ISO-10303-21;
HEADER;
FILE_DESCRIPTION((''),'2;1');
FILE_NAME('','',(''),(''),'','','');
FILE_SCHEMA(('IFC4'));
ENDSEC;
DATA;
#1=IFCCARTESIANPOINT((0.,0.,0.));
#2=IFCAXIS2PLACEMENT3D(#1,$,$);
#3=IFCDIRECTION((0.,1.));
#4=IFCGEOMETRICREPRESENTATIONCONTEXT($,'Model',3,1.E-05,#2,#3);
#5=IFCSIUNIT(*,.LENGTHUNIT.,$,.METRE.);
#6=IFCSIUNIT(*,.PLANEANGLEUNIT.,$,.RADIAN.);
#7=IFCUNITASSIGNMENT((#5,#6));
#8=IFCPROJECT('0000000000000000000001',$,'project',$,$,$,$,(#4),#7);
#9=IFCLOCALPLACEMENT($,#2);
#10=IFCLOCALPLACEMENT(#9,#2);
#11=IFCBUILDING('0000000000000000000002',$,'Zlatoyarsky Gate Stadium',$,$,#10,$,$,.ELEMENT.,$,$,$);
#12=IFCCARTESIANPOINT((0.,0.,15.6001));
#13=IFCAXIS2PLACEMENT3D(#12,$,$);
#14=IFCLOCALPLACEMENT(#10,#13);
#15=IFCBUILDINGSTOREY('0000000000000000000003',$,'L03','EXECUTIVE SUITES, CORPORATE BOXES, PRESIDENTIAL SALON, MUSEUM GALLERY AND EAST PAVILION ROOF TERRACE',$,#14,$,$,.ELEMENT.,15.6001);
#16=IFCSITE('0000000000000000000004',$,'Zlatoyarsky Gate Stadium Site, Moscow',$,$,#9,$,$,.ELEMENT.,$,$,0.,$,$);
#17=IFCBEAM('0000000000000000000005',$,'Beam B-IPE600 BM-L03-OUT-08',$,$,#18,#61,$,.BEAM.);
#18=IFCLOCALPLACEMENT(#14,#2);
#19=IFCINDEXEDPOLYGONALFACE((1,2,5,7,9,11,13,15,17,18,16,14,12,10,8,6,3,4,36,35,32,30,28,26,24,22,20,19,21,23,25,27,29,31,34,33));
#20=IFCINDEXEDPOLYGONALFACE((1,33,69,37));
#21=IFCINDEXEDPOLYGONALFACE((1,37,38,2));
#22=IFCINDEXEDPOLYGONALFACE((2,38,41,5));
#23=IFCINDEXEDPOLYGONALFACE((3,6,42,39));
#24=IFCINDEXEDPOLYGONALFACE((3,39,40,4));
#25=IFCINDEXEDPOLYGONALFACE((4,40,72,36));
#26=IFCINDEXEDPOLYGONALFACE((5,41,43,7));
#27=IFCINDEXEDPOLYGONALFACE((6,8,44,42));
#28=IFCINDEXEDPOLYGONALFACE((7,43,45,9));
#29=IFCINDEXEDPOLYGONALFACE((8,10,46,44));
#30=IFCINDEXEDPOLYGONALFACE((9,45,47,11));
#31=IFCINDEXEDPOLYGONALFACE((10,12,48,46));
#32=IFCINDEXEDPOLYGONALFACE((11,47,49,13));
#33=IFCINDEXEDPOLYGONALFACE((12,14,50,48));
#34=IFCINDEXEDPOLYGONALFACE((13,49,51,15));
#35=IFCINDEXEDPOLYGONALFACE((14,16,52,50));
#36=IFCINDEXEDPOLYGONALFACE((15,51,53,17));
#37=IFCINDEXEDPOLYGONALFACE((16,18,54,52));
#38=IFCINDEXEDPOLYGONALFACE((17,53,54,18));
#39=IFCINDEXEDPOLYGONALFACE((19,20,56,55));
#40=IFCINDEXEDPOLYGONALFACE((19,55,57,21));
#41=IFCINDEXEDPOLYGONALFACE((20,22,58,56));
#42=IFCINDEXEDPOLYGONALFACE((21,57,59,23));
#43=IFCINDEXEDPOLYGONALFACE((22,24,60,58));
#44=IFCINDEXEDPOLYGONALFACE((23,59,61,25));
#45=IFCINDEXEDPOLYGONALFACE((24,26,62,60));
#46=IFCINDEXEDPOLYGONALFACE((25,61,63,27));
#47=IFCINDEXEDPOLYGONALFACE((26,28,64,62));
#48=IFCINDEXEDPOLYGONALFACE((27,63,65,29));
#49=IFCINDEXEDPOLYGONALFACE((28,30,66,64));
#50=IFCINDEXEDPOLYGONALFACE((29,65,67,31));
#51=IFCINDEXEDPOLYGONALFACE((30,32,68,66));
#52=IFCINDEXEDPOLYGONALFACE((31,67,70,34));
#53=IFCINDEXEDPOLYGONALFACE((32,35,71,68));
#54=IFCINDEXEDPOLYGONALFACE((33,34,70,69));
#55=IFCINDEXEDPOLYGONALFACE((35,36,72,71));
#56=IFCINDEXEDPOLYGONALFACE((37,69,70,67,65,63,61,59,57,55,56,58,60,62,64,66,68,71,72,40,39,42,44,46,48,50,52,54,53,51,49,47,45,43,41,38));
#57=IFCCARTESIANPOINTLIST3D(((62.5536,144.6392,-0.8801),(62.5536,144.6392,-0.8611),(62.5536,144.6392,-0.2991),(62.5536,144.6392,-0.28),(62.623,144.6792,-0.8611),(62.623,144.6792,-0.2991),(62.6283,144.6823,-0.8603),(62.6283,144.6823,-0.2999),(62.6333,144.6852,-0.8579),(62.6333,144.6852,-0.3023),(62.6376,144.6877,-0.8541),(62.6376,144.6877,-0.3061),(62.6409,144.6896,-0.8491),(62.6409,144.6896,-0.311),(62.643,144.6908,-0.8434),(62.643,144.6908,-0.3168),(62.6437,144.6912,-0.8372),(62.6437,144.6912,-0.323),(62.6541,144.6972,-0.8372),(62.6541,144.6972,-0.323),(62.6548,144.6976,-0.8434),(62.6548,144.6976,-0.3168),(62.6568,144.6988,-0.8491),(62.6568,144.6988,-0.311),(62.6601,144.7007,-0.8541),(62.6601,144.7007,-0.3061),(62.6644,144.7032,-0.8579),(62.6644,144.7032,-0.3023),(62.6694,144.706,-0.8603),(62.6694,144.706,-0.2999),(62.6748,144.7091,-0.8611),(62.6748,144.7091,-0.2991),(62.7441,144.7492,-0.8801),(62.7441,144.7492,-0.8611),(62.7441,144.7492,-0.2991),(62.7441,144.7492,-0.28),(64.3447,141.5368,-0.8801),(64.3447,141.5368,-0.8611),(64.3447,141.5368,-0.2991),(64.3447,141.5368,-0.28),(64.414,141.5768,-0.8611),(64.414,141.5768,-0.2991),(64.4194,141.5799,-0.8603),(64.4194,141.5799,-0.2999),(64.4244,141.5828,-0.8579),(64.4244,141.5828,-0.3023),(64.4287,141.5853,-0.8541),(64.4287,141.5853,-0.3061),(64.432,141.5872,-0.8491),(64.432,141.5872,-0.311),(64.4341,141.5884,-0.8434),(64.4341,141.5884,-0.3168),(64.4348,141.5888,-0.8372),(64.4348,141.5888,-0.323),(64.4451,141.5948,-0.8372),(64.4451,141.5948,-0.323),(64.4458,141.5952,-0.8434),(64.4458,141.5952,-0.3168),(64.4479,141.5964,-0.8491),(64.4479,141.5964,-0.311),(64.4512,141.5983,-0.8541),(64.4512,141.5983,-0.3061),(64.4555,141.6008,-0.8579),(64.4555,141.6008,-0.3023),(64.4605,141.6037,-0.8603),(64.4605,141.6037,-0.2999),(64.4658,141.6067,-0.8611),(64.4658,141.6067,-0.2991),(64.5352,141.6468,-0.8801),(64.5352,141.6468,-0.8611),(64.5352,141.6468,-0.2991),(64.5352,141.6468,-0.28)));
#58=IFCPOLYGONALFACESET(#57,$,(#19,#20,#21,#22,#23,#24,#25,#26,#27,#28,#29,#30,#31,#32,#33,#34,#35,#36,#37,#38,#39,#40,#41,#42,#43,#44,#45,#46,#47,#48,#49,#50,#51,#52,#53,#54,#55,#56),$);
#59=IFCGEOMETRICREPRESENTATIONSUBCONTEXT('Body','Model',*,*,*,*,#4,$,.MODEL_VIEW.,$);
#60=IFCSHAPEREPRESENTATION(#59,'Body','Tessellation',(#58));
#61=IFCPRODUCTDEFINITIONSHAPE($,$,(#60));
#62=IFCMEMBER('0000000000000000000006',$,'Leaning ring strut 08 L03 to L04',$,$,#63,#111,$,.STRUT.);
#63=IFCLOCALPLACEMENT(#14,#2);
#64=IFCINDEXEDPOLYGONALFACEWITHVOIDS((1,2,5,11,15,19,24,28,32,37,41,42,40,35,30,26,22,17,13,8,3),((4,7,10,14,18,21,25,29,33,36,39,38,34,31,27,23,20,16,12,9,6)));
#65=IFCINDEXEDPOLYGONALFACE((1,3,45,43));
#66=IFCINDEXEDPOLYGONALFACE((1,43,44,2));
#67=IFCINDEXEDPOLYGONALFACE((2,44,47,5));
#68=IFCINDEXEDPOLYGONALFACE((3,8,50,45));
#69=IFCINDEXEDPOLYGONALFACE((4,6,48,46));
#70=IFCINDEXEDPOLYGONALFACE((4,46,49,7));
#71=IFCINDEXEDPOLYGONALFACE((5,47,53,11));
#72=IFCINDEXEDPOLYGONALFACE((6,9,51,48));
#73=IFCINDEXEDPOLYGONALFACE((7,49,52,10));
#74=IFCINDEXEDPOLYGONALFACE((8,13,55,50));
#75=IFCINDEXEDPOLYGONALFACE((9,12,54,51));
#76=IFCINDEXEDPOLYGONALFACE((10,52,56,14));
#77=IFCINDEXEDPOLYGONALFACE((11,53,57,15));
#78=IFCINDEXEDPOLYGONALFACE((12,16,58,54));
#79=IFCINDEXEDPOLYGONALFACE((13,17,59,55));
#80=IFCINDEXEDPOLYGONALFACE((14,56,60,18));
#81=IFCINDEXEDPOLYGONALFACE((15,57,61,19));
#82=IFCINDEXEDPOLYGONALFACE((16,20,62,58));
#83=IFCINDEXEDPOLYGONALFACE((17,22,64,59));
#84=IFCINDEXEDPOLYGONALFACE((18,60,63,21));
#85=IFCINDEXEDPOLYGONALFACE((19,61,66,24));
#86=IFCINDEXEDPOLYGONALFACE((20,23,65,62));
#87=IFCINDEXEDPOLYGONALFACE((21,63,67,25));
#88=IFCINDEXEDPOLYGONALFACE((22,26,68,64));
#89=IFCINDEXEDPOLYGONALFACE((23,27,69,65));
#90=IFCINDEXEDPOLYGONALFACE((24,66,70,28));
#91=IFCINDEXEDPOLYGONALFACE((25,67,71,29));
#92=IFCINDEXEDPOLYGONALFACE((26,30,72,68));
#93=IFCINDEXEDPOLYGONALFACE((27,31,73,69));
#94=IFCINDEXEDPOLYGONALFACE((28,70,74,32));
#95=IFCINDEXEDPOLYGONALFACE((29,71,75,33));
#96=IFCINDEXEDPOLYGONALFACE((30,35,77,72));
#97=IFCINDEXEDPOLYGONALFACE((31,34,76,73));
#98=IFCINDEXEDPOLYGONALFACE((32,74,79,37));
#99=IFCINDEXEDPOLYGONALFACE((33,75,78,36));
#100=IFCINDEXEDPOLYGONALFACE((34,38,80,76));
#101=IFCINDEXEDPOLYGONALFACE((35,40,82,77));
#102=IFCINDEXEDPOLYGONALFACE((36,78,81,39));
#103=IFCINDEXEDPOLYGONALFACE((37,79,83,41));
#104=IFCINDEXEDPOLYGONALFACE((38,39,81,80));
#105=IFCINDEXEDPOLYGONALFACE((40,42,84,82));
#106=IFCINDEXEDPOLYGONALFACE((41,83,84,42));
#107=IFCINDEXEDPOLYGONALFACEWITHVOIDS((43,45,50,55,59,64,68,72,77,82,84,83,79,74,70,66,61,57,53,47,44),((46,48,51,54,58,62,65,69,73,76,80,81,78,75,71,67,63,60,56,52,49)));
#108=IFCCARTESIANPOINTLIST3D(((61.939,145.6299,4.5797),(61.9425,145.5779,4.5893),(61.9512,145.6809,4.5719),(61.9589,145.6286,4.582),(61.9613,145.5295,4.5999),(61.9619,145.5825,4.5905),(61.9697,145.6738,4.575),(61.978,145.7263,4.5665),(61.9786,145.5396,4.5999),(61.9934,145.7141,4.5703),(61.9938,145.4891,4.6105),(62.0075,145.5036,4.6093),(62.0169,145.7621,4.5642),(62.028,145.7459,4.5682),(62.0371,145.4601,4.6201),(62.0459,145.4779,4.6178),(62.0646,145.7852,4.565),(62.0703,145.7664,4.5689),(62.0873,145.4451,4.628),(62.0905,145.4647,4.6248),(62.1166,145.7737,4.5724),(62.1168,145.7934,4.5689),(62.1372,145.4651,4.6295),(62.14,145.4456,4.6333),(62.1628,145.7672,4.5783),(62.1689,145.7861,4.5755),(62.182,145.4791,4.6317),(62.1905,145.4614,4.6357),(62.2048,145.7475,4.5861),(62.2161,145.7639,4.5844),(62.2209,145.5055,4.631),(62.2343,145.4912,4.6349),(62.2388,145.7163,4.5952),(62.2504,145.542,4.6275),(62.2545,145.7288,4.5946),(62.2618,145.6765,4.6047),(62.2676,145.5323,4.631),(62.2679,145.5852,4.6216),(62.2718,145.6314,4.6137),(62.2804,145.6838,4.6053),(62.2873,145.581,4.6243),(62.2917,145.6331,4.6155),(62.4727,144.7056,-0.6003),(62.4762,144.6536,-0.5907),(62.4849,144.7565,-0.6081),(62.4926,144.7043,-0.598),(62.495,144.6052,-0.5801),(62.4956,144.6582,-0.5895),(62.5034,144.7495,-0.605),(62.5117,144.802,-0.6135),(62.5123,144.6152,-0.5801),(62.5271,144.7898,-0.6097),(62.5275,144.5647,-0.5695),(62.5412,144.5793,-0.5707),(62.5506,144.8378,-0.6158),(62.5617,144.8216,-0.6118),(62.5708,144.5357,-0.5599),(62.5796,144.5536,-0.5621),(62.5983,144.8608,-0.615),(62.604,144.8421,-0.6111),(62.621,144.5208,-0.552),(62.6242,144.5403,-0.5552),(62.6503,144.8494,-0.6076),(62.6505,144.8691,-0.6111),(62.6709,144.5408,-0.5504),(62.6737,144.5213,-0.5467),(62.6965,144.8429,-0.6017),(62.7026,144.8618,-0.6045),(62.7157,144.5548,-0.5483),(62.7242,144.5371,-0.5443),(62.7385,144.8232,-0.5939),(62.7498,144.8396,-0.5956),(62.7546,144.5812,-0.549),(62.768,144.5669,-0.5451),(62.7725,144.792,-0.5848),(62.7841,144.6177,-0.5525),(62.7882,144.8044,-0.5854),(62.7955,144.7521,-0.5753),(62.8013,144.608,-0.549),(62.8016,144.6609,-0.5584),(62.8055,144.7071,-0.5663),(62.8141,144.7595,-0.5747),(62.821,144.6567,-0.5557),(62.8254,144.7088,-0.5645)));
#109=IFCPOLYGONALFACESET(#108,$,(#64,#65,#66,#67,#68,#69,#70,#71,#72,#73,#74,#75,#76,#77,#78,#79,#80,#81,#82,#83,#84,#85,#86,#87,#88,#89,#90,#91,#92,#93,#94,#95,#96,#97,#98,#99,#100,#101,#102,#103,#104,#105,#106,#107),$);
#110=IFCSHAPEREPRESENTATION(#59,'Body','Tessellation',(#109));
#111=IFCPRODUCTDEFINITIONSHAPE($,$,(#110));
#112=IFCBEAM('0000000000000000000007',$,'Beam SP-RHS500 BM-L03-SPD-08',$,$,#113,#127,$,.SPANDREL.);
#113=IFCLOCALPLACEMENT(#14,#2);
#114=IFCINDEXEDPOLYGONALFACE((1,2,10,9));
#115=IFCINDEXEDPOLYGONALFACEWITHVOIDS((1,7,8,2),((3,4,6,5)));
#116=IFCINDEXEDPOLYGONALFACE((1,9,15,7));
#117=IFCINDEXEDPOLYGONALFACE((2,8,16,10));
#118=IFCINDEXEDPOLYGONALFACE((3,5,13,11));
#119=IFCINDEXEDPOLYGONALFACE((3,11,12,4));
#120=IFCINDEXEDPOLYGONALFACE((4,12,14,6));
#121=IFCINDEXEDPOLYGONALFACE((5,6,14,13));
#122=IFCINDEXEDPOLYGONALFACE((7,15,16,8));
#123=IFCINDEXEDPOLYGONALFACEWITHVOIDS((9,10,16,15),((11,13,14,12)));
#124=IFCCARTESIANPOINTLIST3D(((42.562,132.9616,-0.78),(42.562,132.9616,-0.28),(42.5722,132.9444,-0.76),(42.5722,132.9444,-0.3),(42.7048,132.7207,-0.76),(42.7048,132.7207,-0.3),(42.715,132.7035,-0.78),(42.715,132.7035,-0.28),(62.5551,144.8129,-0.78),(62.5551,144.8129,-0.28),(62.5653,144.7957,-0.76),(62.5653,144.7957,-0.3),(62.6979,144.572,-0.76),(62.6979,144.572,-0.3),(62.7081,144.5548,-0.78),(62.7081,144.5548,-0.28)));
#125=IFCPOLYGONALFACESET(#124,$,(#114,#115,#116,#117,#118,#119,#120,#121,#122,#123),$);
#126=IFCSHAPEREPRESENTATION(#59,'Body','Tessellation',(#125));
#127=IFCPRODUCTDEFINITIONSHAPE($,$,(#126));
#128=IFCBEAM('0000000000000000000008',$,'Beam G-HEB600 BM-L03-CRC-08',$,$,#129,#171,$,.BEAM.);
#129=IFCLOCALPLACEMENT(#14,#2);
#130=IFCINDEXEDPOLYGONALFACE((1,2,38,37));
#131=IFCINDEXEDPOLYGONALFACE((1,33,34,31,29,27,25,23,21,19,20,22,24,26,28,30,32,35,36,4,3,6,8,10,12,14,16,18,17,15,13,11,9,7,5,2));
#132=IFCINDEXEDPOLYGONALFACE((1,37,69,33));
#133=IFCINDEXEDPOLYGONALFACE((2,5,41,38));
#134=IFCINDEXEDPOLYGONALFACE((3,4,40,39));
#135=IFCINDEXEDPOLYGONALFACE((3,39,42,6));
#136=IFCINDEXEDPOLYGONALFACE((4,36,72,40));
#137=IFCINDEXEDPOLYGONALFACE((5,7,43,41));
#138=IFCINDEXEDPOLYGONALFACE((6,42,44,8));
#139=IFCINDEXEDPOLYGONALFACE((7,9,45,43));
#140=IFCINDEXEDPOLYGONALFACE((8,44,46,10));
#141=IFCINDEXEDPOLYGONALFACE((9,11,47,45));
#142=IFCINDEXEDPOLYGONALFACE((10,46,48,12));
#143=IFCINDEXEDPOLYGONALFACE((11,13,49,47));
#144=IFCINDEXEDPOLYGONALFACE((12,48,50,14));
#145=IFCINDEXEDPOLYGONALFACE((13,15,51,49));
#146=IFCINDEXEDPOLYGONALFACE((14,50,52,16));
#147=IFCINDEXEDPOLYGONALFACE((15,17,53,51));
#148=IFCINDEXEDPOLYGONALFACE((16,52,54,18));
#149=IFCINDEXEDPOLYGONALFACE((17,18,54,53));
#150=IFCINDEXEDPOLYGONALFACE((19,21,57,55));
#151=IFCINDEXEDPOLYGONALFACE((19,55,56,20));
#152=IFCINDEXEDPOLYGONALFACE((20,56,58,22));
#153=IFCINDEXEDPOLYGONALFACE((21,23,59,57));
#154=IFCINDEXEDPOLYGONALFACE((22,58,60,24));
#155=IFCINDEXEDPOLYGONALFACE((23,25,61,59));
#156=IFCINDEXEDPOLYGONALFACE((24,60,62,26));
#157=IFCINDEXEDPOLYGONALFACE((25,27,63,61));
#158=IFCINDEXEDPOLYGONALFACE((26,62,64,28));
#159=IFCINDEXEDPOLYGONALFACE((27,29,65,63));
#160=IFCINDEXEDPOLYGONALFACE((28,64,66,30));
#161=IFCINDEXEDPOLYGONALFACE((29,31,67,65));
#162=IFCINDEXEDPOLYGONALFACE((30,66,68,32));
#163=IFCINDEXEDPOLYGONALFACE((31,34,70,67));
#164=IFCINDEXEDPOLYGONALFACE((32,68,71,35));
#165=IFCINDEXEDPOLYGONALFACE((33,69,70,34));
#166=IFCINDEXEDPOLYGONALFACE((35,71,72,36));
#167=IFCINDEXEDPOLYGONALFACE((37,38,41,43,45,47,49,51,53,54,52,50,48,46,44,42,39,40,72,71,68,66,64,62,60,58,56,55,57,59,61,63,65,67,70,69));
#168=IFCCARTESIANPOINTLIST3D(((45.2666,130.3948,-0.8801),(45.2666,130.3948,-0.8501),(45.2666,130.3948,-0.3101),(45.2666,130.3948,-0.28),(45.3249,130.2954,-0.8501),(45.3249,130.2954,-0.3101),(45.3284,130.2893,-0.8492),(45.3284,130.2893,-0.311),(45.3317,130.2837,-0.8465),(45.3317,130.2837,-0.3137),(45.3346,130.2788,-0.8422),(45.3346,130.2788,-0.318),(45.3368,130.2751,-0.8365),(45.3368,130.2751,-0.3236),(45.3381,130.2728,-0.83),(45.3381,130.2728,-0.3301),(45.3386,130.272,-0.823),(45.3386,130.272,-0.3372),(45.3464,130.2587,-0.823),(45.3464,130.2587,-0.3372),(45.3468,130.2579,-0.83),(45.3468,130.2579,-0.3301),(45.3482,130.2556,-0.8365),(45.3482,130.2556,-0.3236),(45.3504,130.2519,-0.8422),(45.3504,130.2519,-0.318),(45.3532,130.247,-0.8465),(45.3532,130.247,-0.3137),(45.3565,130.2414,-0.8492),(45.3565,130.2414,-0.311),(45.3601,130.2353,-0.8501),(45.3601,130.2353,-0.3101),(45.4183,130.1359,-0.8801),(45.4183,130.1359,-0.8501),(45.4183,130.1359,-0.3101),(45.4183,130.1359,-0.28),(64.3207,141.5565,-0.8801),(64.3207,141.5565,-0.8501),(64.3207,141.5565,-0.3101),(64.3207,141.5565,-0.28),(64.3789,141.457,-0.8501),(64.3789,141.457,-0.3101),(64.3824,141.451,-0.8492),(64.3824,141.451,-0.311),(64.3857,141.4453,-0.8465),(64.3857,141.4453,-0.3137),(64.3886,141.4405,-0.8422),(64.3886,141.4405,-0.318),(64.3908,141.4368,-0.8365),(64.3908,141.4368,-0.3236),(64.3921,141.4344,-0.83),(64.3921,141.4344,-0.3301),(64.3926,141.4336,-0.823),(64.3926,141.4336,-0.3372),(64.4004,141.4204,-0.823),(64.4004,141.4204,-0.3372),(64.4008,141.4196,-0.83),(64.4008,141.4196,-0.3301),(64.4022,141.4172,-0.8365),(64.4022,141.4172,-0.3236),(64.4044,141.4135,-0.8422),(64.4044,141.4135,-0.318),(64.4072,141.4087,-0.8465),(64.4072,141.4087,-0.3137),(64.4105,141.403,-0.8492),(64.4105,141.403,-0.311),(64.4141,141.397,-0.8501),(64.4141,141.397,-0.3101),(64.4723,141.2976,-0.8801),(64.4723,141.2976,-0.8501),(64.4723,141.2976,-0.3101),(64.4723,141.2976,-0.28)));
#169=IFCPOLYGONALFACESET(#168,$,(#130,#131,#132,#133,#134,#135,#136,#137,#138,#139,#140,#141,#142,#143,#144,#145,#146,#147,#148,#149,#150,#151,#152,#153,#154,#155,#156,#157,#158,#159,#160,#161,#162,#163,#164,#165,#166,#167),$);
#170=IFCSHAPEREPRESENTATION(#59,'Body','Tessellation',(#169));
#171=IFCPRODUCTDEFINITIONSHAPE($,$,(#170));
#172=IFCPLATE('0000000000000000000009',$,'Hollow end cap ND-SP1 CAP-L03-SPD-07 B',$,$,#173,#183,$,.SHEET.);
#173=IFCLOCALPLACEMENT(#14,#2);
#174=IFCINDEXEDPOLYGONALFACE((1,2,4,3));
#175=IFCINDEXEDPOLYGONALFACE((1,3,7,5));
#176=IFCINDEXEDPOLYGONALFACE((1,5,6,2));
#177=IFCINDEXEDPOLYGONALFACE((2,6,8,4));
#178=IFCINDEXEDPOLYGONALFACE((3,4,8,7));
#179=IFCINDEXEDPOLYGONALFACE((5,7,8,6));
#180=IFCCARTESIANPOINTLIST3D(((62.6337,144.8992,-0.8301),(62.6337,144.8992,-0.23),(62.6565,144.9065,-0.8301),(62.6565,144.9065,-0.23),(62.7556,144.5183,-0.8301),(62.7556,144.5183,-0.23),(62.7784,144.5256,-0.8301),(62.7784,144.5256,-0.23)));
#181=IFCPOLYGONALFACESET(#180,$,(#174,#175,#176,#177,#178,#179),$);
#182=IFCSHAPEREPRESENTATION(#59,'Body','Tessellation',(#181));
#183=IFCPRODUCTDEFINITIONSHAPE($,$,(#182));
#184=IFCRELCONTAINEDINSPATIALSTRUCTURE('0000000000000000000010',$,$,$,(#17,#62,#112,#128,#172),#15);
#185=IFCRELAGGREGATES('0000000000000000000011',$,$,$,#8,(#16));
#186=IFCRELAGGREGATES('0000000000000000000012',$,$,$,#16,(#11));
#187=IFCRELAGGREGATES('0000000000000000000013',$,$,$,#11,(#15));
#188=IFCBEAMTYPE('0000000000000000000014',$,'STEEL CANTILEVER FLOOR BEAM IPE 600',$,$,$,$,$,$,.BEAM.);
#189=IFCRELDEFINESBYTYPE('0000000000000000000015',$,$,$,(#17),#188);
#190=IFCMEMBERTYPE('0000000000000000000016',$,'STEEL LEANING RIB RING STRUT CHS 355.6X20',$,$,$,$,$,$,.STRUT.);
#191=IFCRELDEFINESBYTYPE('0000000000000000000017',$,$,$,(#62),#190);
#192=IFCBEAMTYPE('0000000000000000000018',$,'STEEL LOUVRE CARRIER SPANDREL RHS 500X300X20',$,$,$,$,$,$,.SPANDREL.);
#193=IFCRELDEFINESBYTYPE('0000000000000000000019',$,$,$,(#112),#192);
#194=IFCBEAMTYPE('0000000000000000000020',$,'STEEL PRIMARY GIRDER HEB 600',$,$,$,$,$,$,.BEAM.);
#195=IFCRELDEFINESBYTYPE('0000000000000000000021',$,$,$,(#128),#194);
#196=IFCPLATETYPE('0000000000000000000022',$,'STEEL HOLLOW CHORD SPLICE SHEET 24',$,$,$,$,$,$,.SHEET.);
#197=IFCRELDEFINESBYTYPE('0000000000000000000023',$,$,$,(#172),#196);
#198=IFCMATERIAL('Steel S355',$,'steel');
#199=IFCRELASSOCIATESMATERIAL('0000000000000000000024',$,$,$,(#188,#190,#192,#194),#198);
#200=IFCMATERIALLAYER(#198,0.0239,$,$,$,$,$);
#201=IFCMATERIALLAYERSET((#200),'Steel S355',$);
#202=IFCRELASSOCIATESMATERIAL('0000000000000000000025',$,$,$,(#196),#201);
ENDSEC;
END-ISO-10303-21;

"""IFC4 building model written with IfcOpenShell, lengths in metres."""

from ifc_helpers import new_model, si_unit, direction, frame, origin, origin_2d, place, context, subcontext, project, spatial, rectangle, hollow_rectangle, hollow_circle, i_section, extrude, material, layer, layer_set, material_profile, profile_set, type_object, element, save


model = new_model("IFC4")

# Units and contexts
model_context = context("Model", 3, precision=1e-05, world=origin(), true_north=direction((0.0, 1.0)))
body_context = subcontext(model_context, "Body", "Model", "MODEL_VIEW")
ifc_project = project(units=[si_unit("LENGTHUNIT", "METRE"), si_unit("PLANEANGLEUNIT", "RADIAN")], contexts=[model_context])

# Site, building, storey
site_placement = place(None, origin())
site = spatial("IfcSite", under=ifc_project, at=site_placement, Name="Zlatoyarsky Gate Stadium Site, Moscow", CompositionType="ELEMENT", RefElevation=0.0)
building_placement = place(site_placement, origin())
building = spatial("IfcBuilding", under=site, at=building_placement, Name="Zlatoyarsky Gate Stadium", CompositionType="ELEMENT")
storey_placement = place(building_placement, frame((0.0, 0.0, 15.6001)))
storey = spatial("IfcBuildingStorey", under=building, at=storey_placement, Name="L03", Description="EXECUTIVE SUITES, CORPORATE BOXES, PRESIDENTIAL SALON, MUSEUM GALLERY AND EAST PAVILION ROOF TERRACE", CompositionType="ELEMENT", Elevation=15.6001)

# Shared definitions
ifc_material_1 = material(Name="Steel S355", Category="steel")

# Beam
ifc_material_profile_1 = material_profile(ifc_material_1, i_section(OverallWidth=0.22, OverallDepth=0.6001, WebThickness=0.012, FlangeThickness=0.019, FilletRadius=0.0239, at=origin_2d()), Name="IPE 600")
ifc_profile_set_1 = profile_set([ifc_material_profile_1], Name="Steel S355")
beam_type_1 = type_object("IfcBeamType", Name="STEEL CANTILEVER FLOOR BEAM IPE 600", PredefinedType="BEAM", material=ifc_profile_set_1)
beam_1_placement = place(storey_placement, frame((64.4399, 141.5918, -0.5801), z_axis=(-0.49998, 0.866037, 0.0), x_axis=(-0.866037, -0.49998, 0.0)))
element("IfcBeam", 1, at=beam_1_placement, inside=storey, type_object=beam_type_1, Name="Beam B-IPE600 BM-L03-OUT-08", PredefinedType="BEAM", context=body_context, shape_type="SweptSolid", body=[
    extrude(i_section(OverallWidth=0.22, OverallDepth=0.6001, WebThickness=0.012, FlangeThickness=0.019, FilletRadius=0.0239, at=origin_2d()), origin(), (0.0, 0.0, 1.0), 3.5823),
])

# Member
ifc_material_profile_2 = material_profile(ifc_material_1, hollow_circle(Radius=0.1777, WallThickness=0.02, at=origin_2d()), Name="CHS 355.6X20")
ifc_profile_set_2 = profile_set([ifc_material_profile_2], Name="Steel S355")
member_type_1 = type_object("IfcMemberType", Name="STEEL LEANING RIB RING STRUT CHS 355.6X20", PredefinedType="STRUT", material=ifc_profile_set_2)
member_1_placement = place(storey_placement, frame((62.6489, 144.6941, -0.5801), z_axis=(-0.100911, 0.17477, 0.979425), x_axis=(-0.86601, -0.500026, 0.0)))
element("IfcMember", 2, at=member_1_placement, inside=storey, type_object=member_type_1, Name="Leaning ring strut 08 L03 to L04", PredefinedType="STRUT", context=body_context, shape_type="SweptSolid", body=[
    extrude(hollow_circle(Radius=0.1777, WallThickness=0.02, at=origin_2d()), origin(), (0.0, 0.0, 1.0), 5.2888),
])

# Beams
ifc_material_profile_3 = material_profile(ifc_material_1, hollow_rectangle(XDim=0.3, YDim=0.5, WallThickness=0.02, at=origin_2d()), Name="RHS 500X300X20")
ifc_profile_set_3 = profile_set([ifc_material_profile_3], Name="Steel S355")
beam_type_2 = type_object("IfcBeamType", Name="STEEL LOUVRE CARRIER SPANDREL RHS 500X300X20", PredefinedType="SPANDREL", material=ifc_profile_set_3)
beam_2_placement = place(storey_placement, frame((62.6316, 144.6838, -0.53), z_axis=(-0.860225, -0.509914, 0.0), x_axis=(0.509914, -0.860225, 0.0)))
element("IfcBeam", 3, at=beam_2_placement, inside=storey, type_object=beam_type_2, Name="Beam SP-RHS500 BM-L03-SPD-08", PredefinedType="SPANDREL", context=body_context, shape_type="SweptSolid", body=[
    extrude(hollow_rectangle(XDim=0.3, YDim=0.5, WallThickness=0.02, at=origin_2d()), origin(), (0.0, 0.0, 1.0), 23.2417),
])
ifc_material_profile_4 = material_profile(ifc_material_1, i_section(OverallWidth=0.3, OverallDepth=0.6001, WebThickness=0.0154, FlangeThickness=0.03, FilletRadius=0.0271, at=origin_2d()), Name="HEB 600")
ifc_profile_set_4 = profile_set([ifc_material_profile_4], Name="Steel S355")
beam_type_3 = type_object("IfcBeamType", Name="STEEL PRIMARY GIRDER HEB 600", PredefinedType="BEAM", material=ifc_profile_set_4)
beam_3_placement = place(storey_placement, frame((64.3965, 141.427, -0.5801), z_axis=(-0.862855, -0.505452, 0.0), x_axis=(0.505452, -0.862855, 0.0)))
element("IfcBeam", 4, at=beam_3_placement, inside=storey, type_object=beam_type_3, Name="Beam G-HEB600 BM-L03-CRC-08", PredefinedType="BEAM", context=body_context, shape_type="SweptSolid", body=[
    extrude(i_section(OverallWidth=0.3, OverallDepth=0.6001, WebThickness=0.0154, FlangeThickness=0.03, FilletRadius=0.0271, at=origin_2d()), origin(), (0.0, 0.0, 1.0), 22.0825),
])

# Plate
ifc_layer_1 = layer(ifc_material_1, 0.0239)
ifc_layer_set_1 = layer_set([ifc_layer_1], Name="Steel S355")
plate_type_1 = type_object("IfcPlateType", Name="STEEL HOLLOW CHORD SPLICE SHEET 24", PredefinedType="SHEET", material=ifc_layer_set_1)
for number, where, z_axis, x_axis, name in (
    (5, (62.7061, 144.7124, -0.8301), (0.0, 0.0, 1.0), (-0.95243, -0.304759, 0.0), "Hollow end cap ND-SP1 CAP-L03-SPD-07 B"),
):
    element("IfcPlate", number, at=place(storey_placement, frame(where, z_axis=z_axis, x_axis=x_axis)), inside=storey, type_object=plate_type_1, Name=name, PredefinedType="SHEET", context=body_context, shape_type="SweptSolid", body=[
        extrude(rectangle(XDim=0.0239, YDim=0.3999, at=origin_2d()), origin(), (0.0, 0.0, 1.0), 0.6001),
    ])

save(model, "model.ifc")
